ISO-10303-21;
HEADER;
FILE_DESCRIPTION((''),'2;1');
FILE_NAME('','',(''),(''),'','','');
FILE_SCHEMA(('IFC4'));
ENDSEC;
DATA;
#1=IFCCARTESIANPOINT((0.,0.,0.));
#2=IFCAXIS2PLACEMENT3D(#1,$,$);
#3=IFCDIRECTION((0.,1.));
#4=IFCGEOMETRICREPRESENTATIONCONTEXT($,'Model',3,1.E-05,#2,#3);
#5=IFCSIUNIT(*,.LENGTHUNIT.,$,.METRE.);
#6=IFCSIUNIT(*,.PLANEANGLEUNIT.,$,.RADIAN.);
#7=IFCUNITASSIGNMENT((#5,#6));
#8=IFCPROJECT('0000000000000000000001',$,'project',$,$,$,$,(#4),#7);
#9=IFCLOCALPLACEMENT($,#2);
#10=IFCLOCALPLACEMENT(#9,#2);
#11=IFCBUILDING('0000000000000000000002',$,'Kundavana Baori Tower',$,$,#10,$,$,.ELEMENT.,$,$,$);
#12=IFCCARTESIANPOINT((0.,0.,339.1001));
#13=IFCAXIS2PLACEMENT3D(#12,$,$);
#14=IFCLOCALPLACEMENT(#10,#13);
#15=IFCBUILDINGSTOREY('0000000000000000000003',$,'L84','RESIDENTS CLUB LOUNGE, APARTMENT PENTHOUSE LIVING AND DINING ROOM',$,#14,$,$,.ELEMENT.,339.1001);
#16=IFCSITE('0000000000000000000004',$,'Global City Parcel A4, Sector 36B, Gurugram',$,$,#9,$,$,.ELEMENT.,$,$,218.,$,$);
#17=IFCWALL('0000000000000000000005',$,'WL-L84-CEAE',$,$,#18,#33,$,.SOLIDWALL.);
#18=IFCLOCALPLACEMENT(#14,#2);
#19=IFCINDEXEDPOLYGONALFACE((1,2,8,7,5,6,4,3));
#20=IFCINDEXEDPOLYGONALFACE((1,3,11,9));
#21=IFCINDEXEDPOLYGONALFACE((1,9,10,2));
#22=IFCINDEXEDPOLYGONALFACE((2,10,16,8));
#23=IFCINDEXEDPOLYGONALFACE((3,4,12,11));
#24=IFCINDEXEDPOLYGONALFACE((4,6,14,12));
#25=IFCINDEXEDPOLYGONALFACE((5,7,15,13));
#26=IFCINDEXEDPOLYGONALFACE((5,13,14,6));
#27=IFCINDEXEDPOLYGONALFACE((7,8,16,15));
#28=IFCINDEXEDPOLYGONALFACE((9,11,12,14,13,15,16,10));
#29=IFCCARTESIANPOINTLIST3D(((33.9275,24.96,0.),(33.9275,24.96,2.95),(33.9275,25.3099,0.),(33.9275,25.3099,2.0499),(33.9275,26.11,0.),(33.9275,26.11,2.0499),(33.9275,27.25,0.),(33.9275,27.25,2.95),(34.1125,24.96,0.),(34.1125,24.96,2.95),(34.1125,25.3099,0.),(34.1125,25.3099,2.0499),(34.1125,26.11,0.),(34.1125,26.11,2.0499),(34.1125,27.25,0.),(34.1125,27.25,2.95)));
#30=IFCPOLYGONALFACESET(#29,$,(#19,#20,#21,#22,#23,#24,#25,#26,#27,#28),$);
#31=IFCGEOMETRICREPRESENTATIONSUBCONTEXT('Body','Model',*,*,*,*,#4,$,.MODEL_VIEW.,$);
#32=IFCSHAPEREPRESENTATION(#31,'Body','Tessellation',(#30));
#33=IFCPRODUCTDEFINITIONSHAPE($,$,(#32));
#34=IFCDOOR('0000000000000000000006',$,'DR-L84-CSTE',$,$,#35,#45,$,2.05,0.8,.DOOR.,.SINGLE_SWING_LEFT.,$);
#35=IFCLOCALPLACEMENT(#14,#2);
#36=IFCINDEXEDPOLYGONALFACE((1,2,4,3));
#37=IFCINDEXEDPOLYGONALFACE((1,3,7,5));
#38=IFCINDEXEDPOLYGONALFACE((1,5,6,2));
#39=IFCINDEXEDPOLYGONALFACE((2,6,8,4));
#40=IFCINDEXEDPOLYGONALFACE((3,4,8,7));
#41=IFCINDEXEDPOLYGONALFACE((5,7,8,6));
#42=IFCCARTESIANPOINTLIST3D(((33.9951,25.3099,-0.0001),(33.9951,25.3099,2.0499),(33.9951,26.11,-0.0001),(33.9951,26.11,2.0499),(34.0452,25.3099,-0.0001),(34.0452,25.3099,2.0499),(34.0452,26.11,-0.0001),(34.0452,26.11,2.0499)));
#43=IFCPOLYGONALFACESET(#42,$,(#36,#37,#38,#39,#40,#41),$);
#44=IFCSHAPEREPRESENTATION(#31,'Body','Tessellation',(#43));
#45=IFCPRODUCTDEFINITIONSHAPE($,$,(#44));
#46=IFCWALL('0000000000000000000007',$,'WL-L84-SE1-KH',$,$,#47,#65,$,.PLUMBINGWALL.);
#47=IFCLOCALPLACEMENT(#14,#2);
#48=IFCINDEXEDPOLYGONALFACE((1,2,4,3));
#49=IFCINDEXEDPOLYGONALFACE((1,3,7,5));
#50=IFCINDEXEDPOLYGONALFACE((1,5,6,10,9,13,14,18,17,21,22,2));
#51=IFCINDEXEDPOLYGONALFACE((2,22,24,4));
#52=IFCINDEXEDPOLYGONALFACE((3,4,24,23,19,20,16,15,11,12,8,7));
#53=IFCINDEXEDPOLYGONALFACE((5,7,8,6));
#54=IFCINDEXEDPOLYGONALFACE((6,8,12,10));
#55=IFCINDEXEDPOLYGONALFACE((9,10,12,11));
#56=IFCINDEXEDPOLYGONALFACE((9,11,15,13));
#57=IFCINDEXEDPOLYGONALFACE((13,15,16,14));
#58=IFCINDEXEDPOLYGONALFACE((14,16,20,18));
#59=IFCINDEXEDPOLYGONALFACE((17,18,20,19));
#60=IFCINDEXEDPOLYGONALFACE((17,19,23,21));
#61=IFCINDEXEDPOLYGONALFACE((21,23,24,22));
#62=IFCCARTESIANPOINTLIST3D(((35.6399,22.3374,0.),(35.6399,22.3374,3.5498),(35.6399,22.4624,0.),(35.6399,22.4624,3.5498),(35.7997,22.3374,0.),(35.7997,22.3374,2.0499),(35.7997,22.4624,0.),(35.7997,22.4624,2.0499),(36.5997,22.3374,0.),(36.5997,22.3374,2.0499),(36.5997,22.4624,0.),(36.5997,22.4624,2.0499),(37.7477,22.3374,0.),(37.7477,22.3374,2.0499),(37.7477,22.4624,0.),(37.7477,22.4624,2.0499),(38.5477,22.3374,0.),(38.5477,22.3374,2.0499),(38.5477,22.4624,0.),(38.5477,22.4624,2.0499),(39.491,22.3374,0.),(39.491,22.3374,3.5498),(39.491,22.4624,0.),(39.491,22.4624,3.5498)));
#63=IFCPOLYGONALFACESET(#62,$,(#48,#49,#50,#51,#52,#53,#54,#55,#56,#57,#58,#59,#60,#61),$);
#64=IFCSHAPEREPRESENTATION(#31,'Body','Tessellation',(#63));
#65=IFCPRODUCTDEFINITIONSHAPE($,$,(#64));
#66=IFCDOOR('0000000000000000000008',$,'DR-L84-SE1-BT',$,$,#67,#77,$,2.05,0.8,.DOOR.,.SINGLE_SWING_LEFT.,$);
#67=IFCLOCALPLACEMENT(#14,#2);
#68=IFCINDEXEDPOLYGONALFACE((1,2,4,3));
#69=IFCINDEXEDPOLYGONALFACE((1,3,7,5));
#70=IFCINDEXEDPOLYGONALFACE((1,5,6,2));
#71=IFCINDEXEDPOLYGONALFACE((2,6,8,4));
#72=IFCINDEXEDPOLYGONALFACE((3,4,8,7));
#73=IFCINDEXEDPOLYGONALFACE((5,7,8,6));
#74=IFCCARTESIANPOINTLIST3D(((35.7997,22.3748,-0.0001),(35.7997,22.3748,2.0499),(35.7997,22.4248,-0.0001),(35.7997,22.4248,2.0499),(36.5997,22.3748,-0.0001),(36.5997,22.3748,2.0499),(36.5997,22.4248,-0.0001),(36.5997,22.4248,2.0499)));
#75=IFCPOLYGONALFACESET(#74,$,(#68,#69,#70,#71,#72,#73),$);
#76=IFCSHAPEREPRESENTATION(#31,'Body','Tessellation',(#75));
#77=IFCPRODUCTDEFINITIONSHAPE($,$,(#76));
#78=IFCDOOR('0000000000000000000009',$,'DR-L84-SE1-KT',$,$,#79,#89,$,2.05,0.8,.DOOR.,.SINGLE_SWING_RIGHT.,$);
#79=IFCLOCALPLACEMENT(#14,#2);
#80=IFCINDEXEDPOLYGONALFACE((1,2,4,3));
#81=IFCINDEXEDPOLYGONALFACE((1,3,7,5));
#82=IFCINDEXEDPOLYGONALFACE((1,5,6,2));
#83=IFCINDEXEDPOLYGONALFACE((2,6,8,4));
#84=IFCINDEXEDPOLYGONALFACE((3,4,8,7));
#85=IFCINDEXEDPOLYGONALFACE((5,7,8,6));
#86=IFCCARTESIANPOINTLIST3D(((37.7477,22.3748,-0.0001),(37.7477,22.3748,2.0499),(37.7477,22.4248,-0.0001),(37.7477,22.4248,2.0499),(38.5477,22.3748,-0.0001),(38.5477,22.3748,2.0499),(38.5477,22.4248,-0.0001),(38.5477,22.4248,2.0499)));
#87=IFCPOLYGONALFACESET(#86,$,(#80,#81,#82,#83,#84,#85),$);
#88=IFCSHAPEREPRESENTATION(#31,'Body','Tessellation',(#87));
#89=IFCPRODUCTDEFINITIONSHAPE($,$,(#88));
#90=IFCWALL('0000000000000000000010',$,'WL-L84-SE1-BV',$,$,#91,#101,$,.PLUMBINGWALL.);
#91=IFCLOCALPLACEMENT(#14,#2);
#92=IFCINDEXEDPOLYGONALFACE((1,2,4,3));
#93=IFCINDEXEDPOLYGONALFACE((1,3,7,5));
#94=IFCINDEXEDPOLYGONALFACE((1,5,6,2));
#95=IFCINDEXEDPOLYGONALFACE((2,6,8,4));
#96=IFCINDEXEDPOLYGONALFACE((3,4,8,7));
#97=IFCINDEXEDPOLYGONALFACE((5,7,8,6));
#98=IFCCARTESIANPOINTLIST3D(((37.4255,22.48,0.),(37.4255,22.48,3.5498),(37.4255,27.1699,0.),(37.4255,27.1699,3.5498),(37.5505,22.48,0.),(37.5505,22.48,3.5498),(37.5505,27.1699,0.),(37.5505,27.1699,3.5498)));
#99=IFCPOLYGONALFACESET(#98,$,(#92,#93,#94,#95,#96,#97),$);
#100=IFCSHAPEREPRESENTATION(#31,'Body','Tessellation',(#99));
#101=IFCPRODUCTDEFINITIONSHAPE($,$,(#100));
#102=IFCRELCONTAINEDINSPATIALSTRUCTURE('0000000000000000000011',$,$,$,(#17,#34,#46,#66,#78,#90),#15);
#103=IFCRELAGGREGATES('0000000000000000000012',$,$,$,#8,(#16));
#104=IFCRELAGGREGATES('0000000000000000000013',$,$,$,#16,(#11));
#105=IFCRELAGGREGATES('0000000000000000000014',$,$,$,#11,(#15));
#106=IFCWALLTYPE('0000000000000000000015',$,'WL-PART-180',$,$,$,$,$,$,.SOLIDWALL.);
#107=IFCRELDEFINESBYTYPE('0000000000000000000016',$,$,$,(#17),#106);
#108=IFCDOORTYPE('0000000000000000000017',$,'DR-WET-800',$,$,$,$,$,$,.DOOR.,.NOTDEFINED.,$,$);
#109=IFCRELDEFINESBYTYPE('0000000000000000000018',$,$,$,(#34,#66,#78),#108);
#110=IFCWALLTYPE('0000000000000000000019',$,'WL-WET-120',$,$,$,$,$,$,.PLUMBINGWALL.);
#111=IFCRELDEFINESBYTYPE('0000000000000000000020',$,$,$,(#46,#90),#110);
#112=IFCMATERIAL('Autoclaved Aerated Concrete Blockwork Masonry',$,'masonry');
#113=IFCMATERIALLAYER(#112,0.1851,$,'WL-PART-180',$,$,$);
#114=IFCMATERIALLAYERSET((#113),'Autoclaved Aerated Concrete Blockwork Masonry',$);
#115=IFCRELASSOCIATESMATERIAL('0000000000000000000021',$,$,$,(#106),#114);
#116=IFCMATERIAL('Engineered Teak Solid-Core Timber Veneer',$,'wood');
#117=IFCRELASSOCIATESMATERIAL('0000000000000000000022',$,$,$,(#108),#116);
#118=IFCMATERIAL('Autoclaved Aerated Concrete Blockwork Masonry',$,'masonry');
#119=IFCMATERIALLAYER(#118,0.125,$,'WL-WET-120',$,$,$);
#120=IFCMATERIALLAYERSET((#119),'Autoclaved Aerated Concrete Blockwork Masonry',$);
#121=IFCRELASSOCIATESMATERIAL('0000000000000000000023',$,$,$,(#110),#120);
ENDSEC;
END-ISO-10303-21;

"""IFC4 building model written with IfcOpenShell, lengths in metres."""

from ifc_helpers import new_model, si_unit, direction, frame, frame_2d, origin, place, context, subcontext, project, spatial, rectangle, extrude, material, layer, layer_set, type_object, element, fill, save


model = new_model("IFC4")

# Units and contexts
model_context = context("Model", 3, precision=1e-05, world=origin(), true_north=direction((0.0, 1.0)))
body_context = subcontext(model_context, "Body", "Model", "MODEL_VIEW")
ifc_project = project(units=[si_unit("LENGTHUNIT", "METRE"), si_unit("PLANEANGLEUNIT", "RADIAN")], contexts=[model_context])

# Site, building, storey
site_placement = place(None, origin())
site = spatial("IfcSite", under=ifc_project, at=site_placement, Name="Global City Parcel A4, Sector 36B, Gurugram", CompositionType="ELEMENT", RefElevation=218.0)
building_placement = place(site_placement, origin())
building = spatial("IfcBuilding", under=site, at=building_placement, Name="Kundavana Baori Tower", CompositionType="ELEMENT")
storey_placement = place(building_placement, frame((0.0, 0.0, 339.1001)))
storey = spatial("IfcBuildingStorey", under=building, at=storey_placement, Name="L84", Description="RESIDENTS CLUB LOUNGE, APARTMENT PENTHOUSE LIVING AND DINING ROOM", CompositionType="ELEMENT", Elevation=339.1001)

# Shared definitions
ifc_material_1 = material(Name="Autoclaved Aerated Concrete Blockwork Masonry", Category="masonry")
ifc_layer_1 = layer(ifc_material_1, 0.1851, Name="WL-PART-180")
ifc_layer_set_1 = layer_set([ifc_layer_1], Name="Autoclaved Aerated Concrete Blockwork Masonry")
wall_type_1 = type_object("IfcWallType", Name="WL-PART-180", PredefinedType="SOLIDWALL", material=ifc_layer_set_1)

# Wall, opening, door
wall_1_placement = place(storey_placement, frame((34.02, 24.96, 0.0), z_axis=(0.0, 0.0, 1.0), x_axis=(0.0, 1.0, 0.0)))
wall_1 = element("IfcWall", 1, at=wall_1_placement, inside=storey, type_object=wall_type_1, Name="WL-L84-CEAE", PredefinedType="SOLIDWALL", context=body_context, shape_type="SweptSolid", body=[
    extrude(rectangle(XDim=2.29, YDim=0.1851, at=frame_2d((1.145, 0.0))), origin(), (0.0, 0.0, 1.0), 2.95),
])
opening_1_placement = place(wall_1_placement, frame((0.3501, 0.0, 0.0)))
opening_1 = element("IfcOpeningElement", 2, at=opening_1_placement, cuts=wall_1, PredefinedType="OPENING", context=body_context, shape_type="SweptSolid", body=[
    extrude(rectangle(XDim=0.8, YDim=2.05, at=frame_2d((0.3999, 1.0249))), frame((0.0, 0.1025, 0.0), z_axis=(0.0, -1.0, 0.0), x_axis=(1.0, 0.0, 0.0)), (0.0, 0.0, 1.0), 0.2051),
])
ifc_material_2 = material(Name="Engineered Teak Solid-Core Timber Veneer", Category="wood")
door_type = type_object("IfcDoorType", Name="DR-WET-800", OperationType="NOTDEFINED", PredefinedType="DOOR", material=ifc_material_2)
door_1_placement = place(opening_1_placement, origin())
door_1 = element("IfcDoor", 3, at=door_1_placement, inside=storey, type_object=door_type, Name="DR-L84-CSTE", OperationType="SINGLE_SWING_LEFT", OverallHeight=2.05, OverallWidth=0.8, PredefinedType="DOOR", context=body_context, shape_type="SweptSolid", body=[
    extrude(rectangle(XDim=0.8, YDim=2.05, at=frame_2d((0.3999, 1.0249))), frame((0.0, 0.0249, 0.0), z_axis=(0.0, -1.0, 0.0), x_axis=(1.0, 0.0, 0.0)), (0.0, 0.0, 1.0), 0.05),
])
fill(opening_1, door_1)

# Wall, openings, doors
ifc_material_3 = material(Name="Autoclaved Aerated Concrete Blockwork Masonry", Category="masonry")
ifc_layer_2 = layer(ifc_material_3, 0.125, Name="WL-WET-120")
ifc_layer_set_2 = layer_set([ifc_layer_2], Name="Autoclaved Aerated Concrete Blockwork Masonry")
wall_type_2 = type_object("IfcWallType", Name="WL-WET-120", PredefinedType="PLUMBINGWALL", material=ifc_layer_set_2)
wall_2_placement = place(storey_placement, frame((35.6399, 22.3999, 0.0), z_axis=(0.0, 0.0, 1.0), x_axis=(1.0, 0.0, 0.0)))
wall_2 = element("IfcWall", 4, at=wall_2_placement, inside=storey, type_object=wall_type_2, Name="WL-L84-SE1-KH", PredefinedType="PLUMBINGWALL", context=body_context, shape_type="SweptSolid", body=[
    extrude(rectangle(XDim=3.8511, YDim=0.125, at=frame_2d((1.9255, 0.0))), origin(), (0.0, 0.0, 1.0), 3.5498),
])
opening_2_placement = place(wall_2_placement, frame((0.1599, 0.0, 0.0)))
opening_2 = element("IfcOpeningElement", 5, at=opening_2_placement, cuts=wall_2, PredefinedType="OPENING", context=body_context, shape_type="SweptSolid", body=[
    extrude(rectangle(XDim=0.8, YDim=2.05, at=frame_2d((0.3999, 1.0249))), frame((0.0, 0.0725, 0.0), z_axis=(0.0, -1.0, 0.0), x_axis=(1.0, 0.0, 0.0)), (0.0, 0.0, 1.0), 0.145),
])
opening_3_placement = place(wall_2_placement, frame((2.1079, 0.0, 0.0)))
opening_3 = element("IfcOpeningElement", 6, at=opening_3_placement, cuts=wall_2, PredefinedType="OPENING", context=body_context, shape_type="SweptSolid", body=[
    extrude(rectangle(XDim=0.8, YDim=2.05, at=frame_2d((0.3999, 1.0249))), frame((0.0, 0.0725, 0.0), z_axis=(0.0, -1.0, 0.0), x_axis=(1.0, 0.0, 0.0)), (0.0, 0.0, 1.0), 0.145),
])
door_2_placement = place(opening_2_placement, origin())
door_2 = element("IfcDoor", 7, at=door_2_placement, inside=storey, type_object=door_type, Name="DR-L84-SE1-BT", OperationType="SINGLE_SWING_LEFT", OverallHeight=2.05, OverallWidth=0.8, PredefinedType="DOOR", context=body_context, shape_type="SweptSolid", body=[
    extrude(rectangle(XDim=0.8, YDim=2.05, at=frame_2d((0.3999, 1.0249))), frame((0.0, 0.0249, 0.0), z_axis=(0.0, -1.0, 0.0), x_axis=(1.0, 0.0, 0.0)), (0.0, 0.0, 1.0), 0.05),
])
fill(opening_2, door_2)
door_3_placement = place(opening_3_placement, origin())
door_3 = element("IfcDoor", 8, at=door_3_placement, inside=storey, type_object=door_type, Name="DR-L84-SE1-KT", OperationType="SINGLE_SWING_RIGHT", OverallHeight=2.05, OverallWidth=0.8, PredefinedType="DOOR", context=body_context, shape_type="SweptSolid", body=[
    extrude(rectangle(XDim=0.8, YDim=2.05, at=frame_2d((0.3999, 1.0249))), frame((0.0, 0.0249, 0.0), z_axis=(0.0, -1.0, 0.0), x_axis=(1.0, 0.0, 0.0)), (0.0, 0.0, 1.0), 0.05),
])
fill(opening_3, door_3)

# Wall
wall_3_placement = place(storey_placement, frame((37.488, 22.48, 0.0), z_axis=(0.0, 0.0, 1.0), x_axis=(0.0, 1.0, 0.0)))
element("IfcWall", 9, at=wall_3_placement, inside=storey, type_object=wall_type_2, Name="WL-L84-SE1-BV", PredefinedType="PLUMBINGWALL", context=body_context, shape_type="SweptSolid", body=[
    extrude(rectangle(XDim=4.6899, YDim=0.125, at=frame_2d((2.345, 0.0))), origin(), (0.0, 0.0, 1.0), 3.5498),
])

save(model, "model.ifc")
